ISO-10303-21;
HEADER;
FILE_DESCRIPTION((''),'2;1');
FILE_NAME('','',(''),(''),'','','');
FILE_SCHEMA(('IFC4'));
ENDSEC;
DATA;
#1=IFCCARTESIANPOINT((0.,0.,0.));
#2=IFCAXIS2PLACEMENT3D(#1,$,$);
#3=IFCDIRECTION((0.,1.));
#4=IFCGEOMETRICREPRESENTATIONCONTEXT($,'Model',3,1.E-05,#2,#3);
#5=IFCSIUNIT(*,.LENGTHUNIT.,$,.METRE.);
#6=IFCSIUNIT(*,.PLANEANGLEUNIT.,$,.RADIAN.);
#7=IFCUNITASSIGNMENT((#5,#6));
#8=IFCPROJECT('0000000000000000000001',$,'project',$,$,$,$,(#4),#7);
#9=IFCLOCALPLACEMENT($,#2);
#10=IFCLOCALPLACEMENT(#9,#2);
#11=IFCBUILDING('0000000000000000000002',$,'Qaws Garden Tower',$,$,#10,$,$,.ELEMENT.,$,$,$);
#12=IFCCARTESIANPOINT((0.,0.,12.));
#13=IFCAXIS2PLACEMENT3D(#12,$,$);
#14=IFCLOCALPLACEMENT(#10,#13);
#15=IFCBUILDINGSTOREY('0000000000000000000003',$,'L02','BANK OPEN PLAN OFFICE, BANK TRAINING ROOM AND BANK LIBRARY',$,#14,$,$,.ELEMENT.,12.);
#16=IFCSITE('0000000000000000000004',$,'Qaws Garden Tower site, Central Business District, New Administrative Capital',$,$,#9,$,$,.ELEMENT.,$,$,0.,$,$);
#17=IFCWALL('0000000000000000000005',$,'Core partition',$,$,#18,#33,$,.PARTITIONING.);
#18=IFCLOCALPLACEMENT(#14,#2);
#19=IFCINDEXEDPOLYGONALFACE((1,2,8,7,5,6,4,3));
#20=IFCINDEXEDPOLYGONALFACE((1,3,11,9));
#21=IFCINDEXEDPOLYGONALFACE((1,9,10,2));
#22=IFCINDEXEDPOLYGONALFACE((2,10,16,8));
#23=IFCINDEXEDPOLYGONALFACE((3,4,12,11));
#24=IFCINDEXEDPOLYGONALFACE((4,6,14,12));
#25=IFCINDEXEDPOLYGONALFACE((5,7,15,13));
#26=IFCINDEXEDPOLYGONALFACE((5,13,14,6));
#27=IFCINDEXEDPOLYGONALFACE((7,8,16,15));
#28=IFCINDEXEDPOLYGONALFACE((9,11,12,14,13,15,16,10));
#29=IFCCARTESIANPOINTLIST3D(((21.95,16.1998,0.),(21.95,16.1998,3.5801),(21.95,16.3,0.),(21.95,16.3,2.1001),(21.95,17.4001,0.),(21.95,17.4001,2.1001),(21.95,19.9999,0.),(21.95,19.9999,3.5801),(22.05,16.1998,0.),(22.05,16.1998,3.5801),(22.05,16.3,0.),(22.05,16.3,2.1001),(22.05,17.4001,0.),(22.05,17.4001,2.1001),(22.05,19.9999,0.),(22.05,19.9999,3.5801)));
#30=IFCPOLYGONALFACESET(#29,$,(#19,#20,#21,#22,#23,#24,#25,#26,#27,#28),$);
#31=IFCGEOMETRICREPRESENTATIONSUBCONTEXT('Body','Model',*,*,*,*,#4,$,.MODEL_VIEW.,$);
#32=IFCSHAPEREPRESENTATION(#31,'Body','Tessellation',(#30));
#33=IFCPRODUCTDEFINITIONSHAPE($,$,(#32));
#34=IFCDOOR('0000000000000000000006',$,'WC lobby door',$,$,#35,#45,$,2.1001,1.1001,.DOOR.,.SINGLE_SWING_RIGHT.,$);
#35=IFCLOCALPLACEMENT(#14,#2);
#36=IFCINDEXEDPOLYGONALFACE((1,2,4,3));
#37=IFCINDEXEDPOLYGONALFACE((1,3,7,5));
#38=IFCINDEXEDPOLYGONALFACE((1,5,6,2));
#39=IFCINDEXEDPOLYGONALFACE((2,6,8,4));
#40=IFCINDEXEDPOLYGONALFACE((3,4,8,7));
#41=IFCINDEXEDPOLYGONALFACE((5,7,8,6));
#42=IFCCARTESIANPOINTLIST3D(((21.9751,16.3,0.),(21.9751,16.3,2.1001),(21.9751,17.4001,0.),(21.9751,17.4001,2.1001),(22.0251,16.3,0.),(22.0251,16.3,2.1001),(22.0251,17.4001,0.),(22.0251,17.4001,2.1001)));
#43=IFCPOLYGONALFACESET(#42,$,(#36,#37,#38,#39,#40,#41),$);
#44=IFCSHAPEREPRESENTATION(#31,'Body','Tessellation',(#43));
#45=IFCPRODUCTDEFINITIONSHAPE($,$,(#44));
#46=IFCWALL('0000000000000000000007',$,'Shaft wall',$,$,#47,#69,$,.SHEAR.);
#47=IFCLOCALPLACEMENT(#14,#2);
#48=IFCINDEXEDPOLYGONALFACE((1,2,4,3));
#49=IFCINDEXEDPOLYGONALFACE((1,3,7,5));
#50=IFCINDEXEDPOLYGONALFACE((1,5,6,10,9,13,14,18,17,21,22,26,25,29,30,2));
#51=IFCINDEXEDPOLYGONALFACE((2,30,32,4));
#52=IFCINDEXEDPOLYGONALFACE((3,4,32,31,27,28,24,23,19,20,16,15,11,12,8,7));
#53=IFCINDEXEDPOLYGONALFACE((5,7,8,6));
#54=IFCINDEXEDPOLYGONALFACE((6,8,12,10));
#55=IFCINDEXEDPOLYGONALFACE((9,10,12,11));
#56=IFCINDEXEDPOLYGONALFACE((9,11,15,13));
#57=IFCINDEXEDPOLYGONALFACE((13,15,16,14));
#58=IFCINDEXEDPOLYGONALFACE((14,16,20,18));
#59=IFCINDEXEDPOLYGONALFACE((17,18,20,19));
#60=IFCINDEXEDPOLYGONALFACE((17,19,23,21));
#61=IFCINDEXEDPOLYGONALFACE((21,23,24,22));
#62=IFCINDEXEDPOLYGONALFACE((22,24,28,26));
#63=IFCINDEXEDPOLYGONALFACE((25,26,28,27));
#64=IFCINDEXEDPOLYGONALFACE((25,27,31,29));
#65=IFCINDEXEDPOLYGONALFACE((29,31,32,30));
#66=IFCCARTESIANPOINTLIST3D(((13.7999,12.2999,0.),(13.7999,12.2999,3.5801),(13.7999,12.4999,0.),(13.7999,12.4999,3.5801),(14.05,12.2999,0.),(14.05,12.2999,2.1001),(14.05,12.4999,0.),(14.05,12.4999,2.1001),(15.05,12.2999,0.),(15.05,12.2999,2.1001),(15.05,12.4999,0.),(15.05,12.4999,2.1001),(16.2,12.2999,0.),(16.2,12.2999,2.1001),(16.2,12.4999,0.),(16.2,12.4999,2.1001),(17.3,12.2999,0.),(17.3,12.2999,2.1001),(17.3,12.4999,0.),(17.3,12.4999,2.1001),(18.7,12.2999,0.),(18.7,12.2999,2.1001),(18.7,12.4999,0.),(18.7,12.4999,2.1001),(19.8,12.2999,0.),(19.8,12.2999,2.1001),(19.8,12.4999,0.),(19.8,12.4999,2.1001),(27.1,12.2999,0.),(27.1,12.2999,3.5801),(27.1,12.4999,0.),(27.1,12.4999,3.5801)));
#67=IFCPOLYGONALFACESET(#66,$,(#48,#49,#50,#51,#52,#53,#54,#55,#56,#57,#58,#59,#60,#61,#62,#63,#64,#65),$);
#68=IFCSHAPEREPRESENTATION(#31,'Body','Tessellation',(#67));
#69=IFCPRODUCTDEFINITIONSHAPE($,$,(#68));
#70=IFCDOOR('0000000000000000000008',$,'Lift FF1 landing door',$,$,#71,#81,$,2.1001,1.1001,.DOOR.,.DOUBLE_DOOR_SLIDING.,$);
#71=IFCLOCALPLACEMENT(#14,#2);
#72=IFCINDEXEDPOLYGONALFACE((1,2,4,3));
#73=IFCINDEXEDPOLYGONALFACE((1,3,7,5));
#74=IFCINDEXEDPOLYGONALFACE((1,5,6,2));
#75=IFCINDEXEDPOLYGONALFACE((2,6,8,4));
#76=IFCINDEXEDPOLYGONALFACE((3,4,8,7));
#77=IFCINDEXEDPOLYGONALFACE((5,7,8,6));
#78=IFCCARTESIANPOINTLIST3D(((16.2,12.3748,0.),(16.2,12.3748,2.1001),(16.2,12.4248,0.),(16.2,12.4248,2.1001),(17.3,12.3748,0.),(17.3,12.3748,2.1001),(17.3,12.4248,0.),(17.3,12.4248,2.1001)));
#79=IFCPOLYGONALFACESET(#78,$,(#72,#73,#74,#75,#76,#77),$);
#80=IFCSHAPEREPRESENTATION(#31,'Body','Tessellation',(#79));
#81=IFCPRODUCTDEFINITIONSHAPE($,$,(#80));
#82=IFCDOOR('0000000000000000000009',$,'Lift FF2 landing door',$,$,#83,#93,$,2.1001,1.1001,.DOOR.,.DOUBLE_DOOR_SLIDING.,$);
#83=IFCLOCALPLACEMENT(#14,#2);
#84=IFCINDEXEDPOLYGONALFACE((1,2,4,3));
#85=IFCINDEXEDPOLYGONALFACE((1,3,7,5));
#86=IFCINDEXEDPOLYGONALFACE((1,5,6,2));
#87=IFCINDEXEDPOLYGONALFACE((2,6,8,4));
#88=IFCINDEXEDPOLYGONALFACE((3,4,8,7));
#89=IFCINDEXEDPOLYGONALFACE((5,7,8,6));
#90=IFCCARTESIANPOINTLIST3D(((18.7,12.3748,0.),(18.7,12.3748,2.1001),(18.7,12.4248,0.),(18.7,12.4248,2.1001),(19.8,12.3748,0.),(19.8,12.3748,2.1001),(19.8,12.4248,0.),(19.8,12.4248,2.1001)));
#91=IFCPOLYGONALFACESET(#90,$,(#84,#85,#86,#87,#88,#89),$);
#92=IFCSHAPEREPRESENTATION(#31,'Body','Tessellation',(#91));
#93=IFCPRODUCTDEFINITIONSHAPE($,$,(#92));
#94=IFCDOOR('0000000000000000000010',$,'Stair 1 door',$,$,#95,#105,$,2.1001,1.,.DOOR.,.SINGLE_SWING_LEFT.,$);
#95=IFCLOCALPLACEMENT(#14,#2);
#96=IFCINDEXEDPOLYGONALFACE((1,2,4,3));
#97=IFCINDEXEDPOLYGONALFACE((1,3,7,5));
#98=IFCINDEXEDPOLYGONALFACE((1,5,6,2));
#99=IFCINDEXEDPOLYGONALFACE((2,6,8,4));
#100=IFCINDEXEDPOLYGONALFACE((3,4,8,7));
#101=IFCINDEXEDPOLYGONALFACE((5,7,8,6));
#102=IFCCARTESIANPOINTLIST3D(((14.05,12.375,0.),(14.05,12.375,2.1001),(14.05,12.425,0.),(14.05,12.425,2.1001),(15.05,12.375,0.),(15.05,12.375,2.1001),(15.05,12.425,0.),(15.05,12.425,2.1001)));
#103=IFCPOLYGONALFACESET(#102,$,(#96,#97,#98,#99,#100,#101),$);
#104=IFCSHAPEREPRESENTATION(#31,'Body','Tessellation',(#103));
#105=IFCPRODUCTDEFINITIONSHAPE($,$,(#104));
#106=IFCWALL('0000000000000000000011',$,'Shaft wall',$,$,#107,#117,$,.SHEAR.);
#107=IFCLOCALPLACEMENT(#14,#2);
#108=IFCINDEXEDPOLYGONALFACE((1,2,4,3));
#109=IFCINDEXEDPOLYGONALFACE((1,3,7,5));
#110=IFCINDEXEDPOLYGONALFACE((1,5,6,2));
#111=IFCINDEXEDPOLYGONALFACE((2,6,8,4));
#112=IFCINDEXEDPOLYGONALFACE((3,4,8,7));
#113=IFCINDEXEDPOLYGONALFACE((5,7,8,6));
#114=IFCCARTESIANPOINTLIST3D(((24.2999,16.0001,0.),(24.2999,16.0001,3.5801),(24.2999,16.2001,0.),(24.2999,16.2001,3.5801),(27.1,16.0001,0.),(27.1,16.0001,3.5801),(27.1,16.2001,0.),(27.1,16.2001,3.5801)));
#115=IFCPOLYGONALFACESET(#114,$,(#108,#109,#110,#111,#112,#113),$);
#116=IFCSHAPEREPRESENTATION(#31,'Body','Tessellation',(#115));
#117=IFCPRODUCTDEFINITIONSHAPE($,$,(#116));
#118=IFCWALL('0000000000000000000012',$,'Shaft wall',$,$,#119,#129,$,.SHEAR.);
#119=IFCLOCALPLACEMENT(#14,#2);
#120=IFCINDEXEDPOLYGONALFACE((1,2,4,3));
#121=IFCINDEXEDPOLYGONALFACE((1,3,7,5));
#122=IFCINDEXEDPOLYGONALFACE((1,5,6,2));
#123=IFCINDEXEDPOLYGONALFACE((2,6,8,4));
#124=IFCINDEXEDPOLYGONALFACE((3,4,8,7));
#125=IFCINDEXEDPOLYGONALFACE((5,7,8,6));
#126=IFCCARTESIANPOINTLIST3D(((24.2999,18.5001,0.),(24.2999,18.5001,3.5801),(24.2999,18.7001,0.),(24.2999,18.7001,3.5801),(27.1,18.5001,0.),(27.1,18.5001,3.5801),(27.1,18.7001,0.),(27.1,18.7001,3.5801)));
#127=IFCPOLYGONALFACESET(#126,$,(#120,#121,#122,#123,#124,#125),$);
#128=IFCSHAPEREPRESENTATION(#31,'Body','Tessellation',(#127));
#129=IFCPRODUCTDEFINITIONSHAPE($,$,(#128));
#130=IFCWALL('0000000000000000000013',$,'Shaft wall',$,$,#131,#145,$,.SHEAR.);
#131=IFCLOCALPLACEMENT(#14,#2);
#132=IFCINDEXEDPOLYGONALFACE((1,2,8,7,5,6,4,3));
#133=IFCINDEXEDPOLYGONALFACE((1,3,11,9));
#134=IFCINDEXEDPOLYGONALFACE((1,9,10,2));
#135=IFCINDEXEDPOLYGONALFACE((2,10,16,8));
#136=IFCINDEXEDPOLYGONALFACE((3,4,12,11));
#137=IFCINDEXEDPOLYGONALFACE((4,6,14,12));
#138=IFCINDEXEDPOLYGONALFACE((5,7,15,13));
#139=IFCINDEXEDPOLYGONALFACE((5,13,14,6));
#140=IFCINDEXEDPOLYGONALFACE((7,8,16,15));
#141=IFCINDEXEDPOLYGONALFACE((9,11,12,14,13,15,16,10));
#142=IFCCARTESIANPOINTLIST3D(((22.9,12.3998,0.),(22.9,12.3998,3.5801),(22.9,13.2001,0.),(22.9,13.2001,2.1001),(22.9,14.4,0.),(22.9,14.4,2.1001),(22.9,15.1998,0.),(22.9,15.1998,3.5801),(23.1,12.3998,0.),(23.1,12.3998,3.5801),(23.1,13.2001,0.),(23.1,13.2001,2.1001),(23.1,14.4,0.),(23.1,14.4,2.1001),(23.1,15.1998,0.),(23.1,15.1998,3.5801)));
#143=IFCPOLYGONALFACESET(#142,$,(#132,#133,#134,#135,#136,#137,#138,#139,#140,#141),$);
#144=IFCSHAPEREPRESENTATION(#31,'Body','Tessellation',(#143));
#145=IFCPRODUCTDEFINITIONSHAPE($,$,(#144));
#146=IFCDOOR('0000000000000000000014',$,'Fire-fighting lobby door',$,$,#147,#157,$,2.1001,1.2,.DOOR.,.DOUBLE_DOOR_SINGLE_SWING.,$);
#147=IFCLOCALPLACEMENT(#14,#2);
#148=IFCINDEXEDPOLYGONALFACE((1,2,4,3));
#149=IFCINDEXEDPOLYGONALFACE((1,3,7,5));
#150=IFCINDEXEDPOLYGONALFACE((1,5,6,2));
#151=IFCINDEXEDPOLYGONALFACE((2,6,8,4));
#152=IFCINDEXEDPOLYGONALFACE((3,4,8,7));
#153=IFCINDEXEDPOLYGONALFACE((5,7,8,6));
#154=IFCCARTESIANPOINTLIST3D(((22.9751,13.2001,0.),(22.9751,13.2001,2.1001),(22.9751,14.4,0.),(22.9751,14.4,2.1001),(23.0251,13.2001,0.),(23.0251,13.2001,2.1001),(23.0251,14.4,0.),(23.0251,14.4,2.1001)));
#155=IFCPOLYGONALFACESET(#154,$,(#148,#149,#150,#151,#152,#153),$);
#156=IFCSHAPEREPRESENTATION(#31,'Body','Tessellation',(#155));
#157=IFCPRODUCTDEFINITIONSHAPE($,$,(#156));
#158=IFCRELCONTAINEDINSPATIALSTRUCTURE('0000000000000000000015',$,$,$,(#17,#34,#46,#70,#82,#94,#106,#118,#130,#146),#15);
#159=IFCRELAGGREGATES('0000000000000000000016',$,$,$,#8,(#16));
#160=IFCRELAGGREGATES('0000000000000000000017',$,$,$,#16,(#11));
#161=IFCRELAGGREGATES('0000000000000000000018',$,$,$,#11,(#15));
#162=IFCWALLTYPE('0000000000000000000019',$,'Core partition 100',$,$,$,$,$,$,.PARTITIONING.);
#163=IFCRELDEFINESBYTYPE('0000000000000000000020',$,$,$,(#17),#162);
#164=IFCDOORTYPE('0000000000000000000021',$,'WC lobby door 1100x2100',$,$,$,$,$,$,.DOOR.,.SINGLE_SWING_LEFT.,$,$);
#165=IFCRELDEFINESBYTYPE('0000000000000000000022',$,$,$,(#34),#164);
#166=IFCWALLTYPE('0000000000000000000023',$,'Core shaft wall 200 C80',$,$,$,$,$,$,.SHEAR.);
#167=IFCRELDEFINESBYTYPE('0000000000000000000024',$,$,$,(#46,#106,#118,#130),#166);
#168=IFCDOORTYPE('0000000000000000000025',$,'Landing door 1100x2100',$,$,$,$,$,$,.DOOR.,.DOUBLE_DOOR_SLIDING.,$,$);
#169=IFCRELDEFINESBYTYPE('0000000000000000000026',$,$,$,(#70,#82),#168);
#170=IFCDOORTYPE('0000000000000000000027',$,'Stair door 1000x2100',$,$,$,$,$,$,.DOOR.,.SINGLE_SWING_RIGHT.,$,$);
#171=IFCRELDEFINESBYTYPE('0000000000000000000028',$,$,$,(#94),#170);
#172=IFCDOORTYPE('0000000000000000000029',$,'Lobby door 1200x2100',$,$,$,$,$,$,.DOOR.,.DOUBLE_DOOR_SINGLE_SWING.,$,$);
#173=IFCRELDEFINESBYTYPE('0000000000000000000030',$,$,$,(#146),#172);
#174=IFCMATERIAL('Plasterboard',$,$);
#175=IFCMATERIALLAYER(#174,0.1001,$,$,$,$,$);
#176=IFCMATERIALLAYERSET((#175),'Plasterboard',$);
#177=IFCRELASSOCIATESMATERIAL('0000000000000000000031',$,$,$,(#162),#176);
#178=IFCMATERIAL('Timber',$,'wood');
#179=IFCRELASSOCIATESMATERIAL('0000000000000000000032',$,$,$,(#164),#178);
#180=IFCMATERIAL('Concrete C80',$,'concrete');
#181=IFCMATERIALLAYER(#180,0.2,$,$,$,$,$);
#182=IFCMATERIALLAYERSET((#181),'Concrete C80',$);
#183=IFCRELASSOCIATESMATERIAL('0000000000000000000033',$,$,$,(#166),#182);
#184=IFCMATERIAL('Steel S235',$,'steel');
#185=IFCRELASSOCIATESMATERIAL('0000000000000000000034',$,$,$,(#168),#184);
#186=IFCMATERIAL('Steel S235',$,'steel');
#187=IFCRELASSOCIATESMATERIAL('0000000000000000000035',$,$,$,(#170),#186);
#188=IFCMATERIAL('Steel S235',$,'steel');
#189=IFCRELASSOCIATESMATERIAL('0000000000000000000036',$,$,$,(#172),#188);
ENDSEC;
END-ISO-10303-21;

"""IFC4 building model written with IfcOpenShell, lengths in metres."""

from ifc_helpers import new_model, si_unit, direction, frame, frame_2d, origin, place, context, subcontext, project, spatial, rectangle, extrude, material, layer, layer_set, type_object, element, fill, save


model = new_model("IFC4")

# Units and contexts
model_context = context("Model", 3, precision=1e-05, world=origin(), true_north=direction((0.0, 1.0)))
body_context = subcontext(model_context, "Body", "Model", "MODEL_VIEW")
ifc_project = project(units=[si_unit("LENGTHUNIT", "METRE"), si_unit("PLANEANGLEUNIT", "RADIAN")], contexts=[model_context])

# Site, building, storey
site_placement = place(None, origin())
site = spatial("IfcSite", under=ifc_project, at=site_placement, Name="Qaws Garden Tower site, Central Business District, New Administrative Capital", CompositionType="ELEMENT", RefElevation=0.0)
building_placement = place(site_placement, origin())
building = spatial("IfcBuilding", under=site, at=building_placement, Name="Qaws Garden Tower", CompositionType="ELEMENT")
storey_placement = place(building_placement, frame((0.0, 0.0, 12.0)))
storey = spatial("IfcBuildingStorey", under=building, at=storey_placement, Name="L02", Description="BANK OPEN PLAN OFFICE, BANK TRAINING ROOM AND BANK LIBRARY", CompositionType="ELEMENT", Elevation=12.0)

# Shared definitions
ifc_material_1 = material(Name="Plasterboard")
ifc_layer_1 = layer(ifc_material_1, 0.1001)
ifc_layer_set_1 = layer_set([ifc_layer_1], Name="Plasterboard")
wall_type_1 = type_object("IfcWallType", Name="Core partition 100", PredefinedType="PARTITIONING", material=ifc_layer_set_1)

# Wall, opening, door
wall_1_placement = place(storey_placement, frame((22.0, 16.2, 0.0), z_axis=(0.0, 0.0, 1.0), x_axis=(0.0, 1.0, 0.0)))
wall_1 = element("IfcWall", 1, at=wall_1_placement, inside=storey, type_object=wall_type_1, Name="Core partition", PredefinedType="PARTITIONING", context=body_context, shape_type="SweptSolid", body=[
    extrude(rectangle(XDim=3.8, YDim=0.1001, at=frame_2d((1.8999, 0.0))), origin(), (0.0, 0.0, 1.0), 3.5801),
])
opening_1_placement = place(wall_1_placement, frame((0.1001, 0.0, 0.0)))
opening_1 = element("IfcOpeningElement", 2, at=opening_1_placement, cuts=wall_1, PredefinedType="OPENING", context=body_context, shape_type="SweptSolid", body=[
    extrude(rectangle(XDim=1.1001, YDim=2.1001, at=frame_2d((0.55, 1.05))), frame((0.0, 0.0601, 0.0), z_axis=(0.0, -1.0, 0.0), x_axis=(1.0, 0.0, 0.0)), (0.0, 0.0, 1.0), 0.1201),
])
ifc_material_2 = material(Name="Timber", Category="wood")
door_type_1 = type_object("IfcDoorType", Name="WC lobby door 1100x2100", OperationType="SINGLE_SWING_LEFT", PredefinedType="DOOR", material=ifc_material_2)
door_1_placement = place(opening_1_placement, origin())
door_1 = element("IfcDoor", 3, at=door_1_placement, inside=storey, type_object=door_type_1, Name="WC lobby door", OperationType="SINGLE_SWING_RIGHT", OverallHeight=2.1001, OverallWidth=1.1001, PredefinedType="DOOR", context=body_context, shape_type="SweptSolid", body=[
    extrude(rectangle(XDim=1.1001, YDim=2.1001, at=frame_2d((0.55, 1.05))), frame((0.0, 0.0249, 0.0), z_axis=(0.0, -1.0, 0.0), x_axis=(1.0, 0.0, 0.0)), (0.0, 0.0, 1.0), 0.05),
])
fill(opening_1, door_1)

# Wall, openings, doors
ifc_material_3 = material(Name="Concrete C80", Category="concrete")
ifc_layer_2 = layer(ifc_material_3, 0.2)
ifc_layer_set_2 = layer_set([ifc_layer_2], Name="Concrete C80")
wall_type_2 = type_object("IfcWallType", Name="Core shaft wall 200 C80", PredefinedType="SHEAR", material=ifc_layer_set_2)
wall_2_placement = place(storey_placement, frame((13.8, 12.3999, 0.0), z_axis=(0.0, 0.0, 1.0), x_axis=(1.0, 0.0, 0.0)))
wall_2 = element("IfcWall", 4, at=wall_2_placement, inside=storey, type_object=wall_type_2, Name="Shaft wall", PredefinedType="SHEAR", context=body_context, shape_type="SweptSolid", body=[
    extrude(rectangle(XDim=13.3, YDim=0.2, at=frame_2d((6.6499, 0.0))), origin(), (0.0, 0.0, 1.0), 3.5801),
])
opening_2_placement = place(wall_2_placement, frame((2.3999, 0.0, 0.0)))
opening_2 = element("IfcOpeningElement", 5, at=opening_2_placement, cuts=wall_2, PredefinedType="OPENING", context=body_context, shape_type="SweptSolid", body=[
    extrude(rectangle(XDim=1.1001, YDim=2.1001, at=frame_2d((0.55, 1.05))), frame((0.0, 0.1099, 0.0), z_axis=(0.0, -1.0, 0.0), x_axis=(1.0, 0.0, 0.0)), (0.0, 0.0, 1.0), 0.22),
])
opening_3_placement = place(wall_2_placement, frame((4.8999, 0.0, 0.0)))
opening_3 = element("IfcOpeningElement", 6, at=opening_3_placement, cuts=wall_2, PredefinedType="OPENING", context=body_context, shape_type="SweptSolid", body=[
    extrude(rectangle(XDim=1.1001, YDim=2.1001, at=frame_2d((0.55, 1.05))), frame((0.0, 0.1099, 0.0), z_axis=(0.0, -1.0, 0.0), x_axis=(1.0, 0.0, 0.0)), (0.0, 0.0, 1.0), 0.22),
])
opening_4_placement = place(wall_2_placement, frame((0.25, 0.0, 0.0)))
opening_4 = element("IfcOpeningElement", 7, at=opening_4_placement, cuts=wall_2, PredefinedType="OPENING", context=body_context, shape_type="SweptSolid", body=[
    extrude(rectangle(XDim=1.0, YDim=2.1001, at=frame_2d((0.5, 1.05))), frame((0.0, 0.1099, 0.0), z_axis=(0.0, -1.0, 0.0), x_axis=(1.0, 0.0, 0.0)), (0.0, 0.0, 1.0), 0.22),
])
ifc_material_4 = material(Name="Steel S235", Category="steel")
door_type_2 = type_object("IfcDoorType", Name="Landing door 1100x2100", OperationType="DOUBLE_DOOR_SLIDING", PredefinedType="DOOR", material=ifc_material_4)
door_2_placement = place(opening_2_placement, origin())
door_2 = element("IfcDoor", 8, at=door_2_placement, inside=storey, type_object=door_type_2, Name="Lift FF1 landing door", OperationType="DOUBLE_DOOR_SLIDING", OverallHeight=2.1001, OverallWidth=1.1001, PredefinedType="DOOR", context=body_context, shape_type="SweptSolid", body=[
    extrude(rectangle(XDim=1.1001, YDim=2.1001, at=frame_2d((0.55, 1.05))), frame((0.0, 0.0249, 0.0), z_axis=(0.0, -1.0, 0.0), x_axis=(1.0, 0.0, 0.0)), (0.0, 0.0, 1.0), 0.05),
])
fill(opening_2, door_2)
door_3_placement = place(opening_3_placement, origin())
door_3 = element("IfcDoor", 9, at=door_3_placement, inside=storey, type_object=door_type_2, Name="Lift FF2 landing door", OperationType="DOUBLE_DOOR_SLIDING", OverallHeight=2.1001, OverallWidth=1.1001, PredefinedType="DOOR", context=body_context, shape_type="SweptSolid", body=[
    extrude(rectangle(XDim=1.1001, YDim=2.1001, at=frame_2d((0.55, 1.05))), frame((0.0, 0.0249, 0.0), z_axis=(0.0, -1.0, 0.0), x_axis=(1.0, 0.0, 0.0)), (0.0, 0.0, 1.0), 0.05),
])
fill(opening_3, door_3)
ifc_material_5 = material(Name="Steel S235", Category="steel")
door_type_3 = type_object("IfcDoorType", Name="Stair door 1000x2100", OperationType="SINGLE_SWING_RIGHT", PredefinedType="DOOR", material=ifc_material_5)
door_4_placement = place(opening_4_placement, frame((1.0, 0.0, 0.0), z_axis=(0.0, 0.0, 1.0), x_axis=(-1.0, 0.0, 0.0)))
door_4 = element("IfcDoor", 10, at=door_4_placement, inside=storey, type_object=door_type_3, Name="Stair 1 door", OperationType="SINGLE_SWING_LEFT", OverallHeight=2.1001, OverallWidth=1.0, PredefinedType="DOOR", context=body_context, shape_type="SweptSolid", body=[
    extrude(rectangle(XDim=1.0, YDim=2.1001, at=frame_2d((0.5, 1.05))), frame((0.0, 0.0249, 0.0), z_axis=(0.0, -1.0, 0.0), x_axis=(1.0, 0.0, 0.0)), (0.0, 0.0, 1.0), 0.05),
])
fill(opening_4, door_4)

# Walls
for number, where, z_axis, x_axis, name in (
    (11, (24.3, 16.1001, 0.0), (0.0, 0.0, 1.0), (1.0, 0.0, 0.0), "Shaft wall"),
    (12, (24.3, 18.6001, 0.0), (0.0, 0.0, 1.0), (1.0, 0.0, 0.0), "Shaft wall"),
):
    element("IfcWall", number, at=place(storey_placement, frame(where, z_axis=z_axis, x_axis=x_axis)), inside=storey, type_object=wall_type_2, Name=name, PredefinedType="SHEAR", context=body_context, shape_type="SweptSolid", body=[
        extrude(rectangle(XDim=2.8, YDim=0.2, at=frame_2d((1.3999, 0.0))), origin(), (0.0, 0.0, 1.0), 3.5801),
    ])

# Wall, opening, door
wall_3_placement = place(storey_placement, frame((23.0, 12.3999, 0.0), z_axis=(0.0, 0.0, 1.0), x_axis=(0.0, 1.0, 0.0)))
wall_3 = element("IfcWall", 13, at=wall_3_placement, inside=storey, type_object=wall_type_2, Name="Shaft wall", PredefinedType="SHEAR", context=body_context, shape_type="SweptSolid", body=[
    extrude(rectangle(XDim=2.8, YDim=0.2, at=frame_2d((1.3999, 0.0))), origin(), (0.0, 0.0, 1.0), 3.5801),
])
opening_5_placement = place(wall_3_placement, frame((0.8, 0.0, 0.0)))
opening_5 = element("IfcOpeningElement", 14, at=opening_5_placement, cuts=wall_3, PredefinedType="OPENING", context=body_context, shape_type="SweptSolid", body=[
    extrude(rectangle(XDim=1.2, YDim=2.1001, at=frame_2d((0.6001, 1.05))), frame((0.0, 0.1099, 0.0), z_axis=(0.0, -1.0, 0.0), x_axis=(1.0, 0.0, 0.0)), (0.0, 0.0, 1.0), 0.22),
])
ifc_material_6 = material(Name="Steel S235", Category="steel")
door_type_4 = type_object("IfcDoorType", Name="Lobby door 1200x2100", OperationType="DOUBLE_DOOR_SINGLE_SWING", PredefinedType="DOOR", material=ifc_material_6)
door_5_placement = place(opening_5_placement, origin())
door_5 = element("IfcDoor", 15, at=door_5_placement, inside=storey, type_object=door_type_4, Name="Fire-fighting lobby door", OperationType="DOUBLE_DOOR_SINGLE_SWING", OverallHeight=2.1001, OverallWidth=1.2, PredefinedType="DOOR", context=body_context, shape_type="SweptSolid", body=[
    extrude(rectangle(XDim=1.2, YDim=2.1001, at=frame_2d((0.6001, 1.05))), frame((0.0, 0.0249, 0.0), z_axis=(0.0, -1.0, 0.0), x_axis=(1.0, 0.0, 0.0)), (0.0, 0.0, 1.0), 0.05),
])
fill(opening_5, door_5)

save(model, "model.ifc")
